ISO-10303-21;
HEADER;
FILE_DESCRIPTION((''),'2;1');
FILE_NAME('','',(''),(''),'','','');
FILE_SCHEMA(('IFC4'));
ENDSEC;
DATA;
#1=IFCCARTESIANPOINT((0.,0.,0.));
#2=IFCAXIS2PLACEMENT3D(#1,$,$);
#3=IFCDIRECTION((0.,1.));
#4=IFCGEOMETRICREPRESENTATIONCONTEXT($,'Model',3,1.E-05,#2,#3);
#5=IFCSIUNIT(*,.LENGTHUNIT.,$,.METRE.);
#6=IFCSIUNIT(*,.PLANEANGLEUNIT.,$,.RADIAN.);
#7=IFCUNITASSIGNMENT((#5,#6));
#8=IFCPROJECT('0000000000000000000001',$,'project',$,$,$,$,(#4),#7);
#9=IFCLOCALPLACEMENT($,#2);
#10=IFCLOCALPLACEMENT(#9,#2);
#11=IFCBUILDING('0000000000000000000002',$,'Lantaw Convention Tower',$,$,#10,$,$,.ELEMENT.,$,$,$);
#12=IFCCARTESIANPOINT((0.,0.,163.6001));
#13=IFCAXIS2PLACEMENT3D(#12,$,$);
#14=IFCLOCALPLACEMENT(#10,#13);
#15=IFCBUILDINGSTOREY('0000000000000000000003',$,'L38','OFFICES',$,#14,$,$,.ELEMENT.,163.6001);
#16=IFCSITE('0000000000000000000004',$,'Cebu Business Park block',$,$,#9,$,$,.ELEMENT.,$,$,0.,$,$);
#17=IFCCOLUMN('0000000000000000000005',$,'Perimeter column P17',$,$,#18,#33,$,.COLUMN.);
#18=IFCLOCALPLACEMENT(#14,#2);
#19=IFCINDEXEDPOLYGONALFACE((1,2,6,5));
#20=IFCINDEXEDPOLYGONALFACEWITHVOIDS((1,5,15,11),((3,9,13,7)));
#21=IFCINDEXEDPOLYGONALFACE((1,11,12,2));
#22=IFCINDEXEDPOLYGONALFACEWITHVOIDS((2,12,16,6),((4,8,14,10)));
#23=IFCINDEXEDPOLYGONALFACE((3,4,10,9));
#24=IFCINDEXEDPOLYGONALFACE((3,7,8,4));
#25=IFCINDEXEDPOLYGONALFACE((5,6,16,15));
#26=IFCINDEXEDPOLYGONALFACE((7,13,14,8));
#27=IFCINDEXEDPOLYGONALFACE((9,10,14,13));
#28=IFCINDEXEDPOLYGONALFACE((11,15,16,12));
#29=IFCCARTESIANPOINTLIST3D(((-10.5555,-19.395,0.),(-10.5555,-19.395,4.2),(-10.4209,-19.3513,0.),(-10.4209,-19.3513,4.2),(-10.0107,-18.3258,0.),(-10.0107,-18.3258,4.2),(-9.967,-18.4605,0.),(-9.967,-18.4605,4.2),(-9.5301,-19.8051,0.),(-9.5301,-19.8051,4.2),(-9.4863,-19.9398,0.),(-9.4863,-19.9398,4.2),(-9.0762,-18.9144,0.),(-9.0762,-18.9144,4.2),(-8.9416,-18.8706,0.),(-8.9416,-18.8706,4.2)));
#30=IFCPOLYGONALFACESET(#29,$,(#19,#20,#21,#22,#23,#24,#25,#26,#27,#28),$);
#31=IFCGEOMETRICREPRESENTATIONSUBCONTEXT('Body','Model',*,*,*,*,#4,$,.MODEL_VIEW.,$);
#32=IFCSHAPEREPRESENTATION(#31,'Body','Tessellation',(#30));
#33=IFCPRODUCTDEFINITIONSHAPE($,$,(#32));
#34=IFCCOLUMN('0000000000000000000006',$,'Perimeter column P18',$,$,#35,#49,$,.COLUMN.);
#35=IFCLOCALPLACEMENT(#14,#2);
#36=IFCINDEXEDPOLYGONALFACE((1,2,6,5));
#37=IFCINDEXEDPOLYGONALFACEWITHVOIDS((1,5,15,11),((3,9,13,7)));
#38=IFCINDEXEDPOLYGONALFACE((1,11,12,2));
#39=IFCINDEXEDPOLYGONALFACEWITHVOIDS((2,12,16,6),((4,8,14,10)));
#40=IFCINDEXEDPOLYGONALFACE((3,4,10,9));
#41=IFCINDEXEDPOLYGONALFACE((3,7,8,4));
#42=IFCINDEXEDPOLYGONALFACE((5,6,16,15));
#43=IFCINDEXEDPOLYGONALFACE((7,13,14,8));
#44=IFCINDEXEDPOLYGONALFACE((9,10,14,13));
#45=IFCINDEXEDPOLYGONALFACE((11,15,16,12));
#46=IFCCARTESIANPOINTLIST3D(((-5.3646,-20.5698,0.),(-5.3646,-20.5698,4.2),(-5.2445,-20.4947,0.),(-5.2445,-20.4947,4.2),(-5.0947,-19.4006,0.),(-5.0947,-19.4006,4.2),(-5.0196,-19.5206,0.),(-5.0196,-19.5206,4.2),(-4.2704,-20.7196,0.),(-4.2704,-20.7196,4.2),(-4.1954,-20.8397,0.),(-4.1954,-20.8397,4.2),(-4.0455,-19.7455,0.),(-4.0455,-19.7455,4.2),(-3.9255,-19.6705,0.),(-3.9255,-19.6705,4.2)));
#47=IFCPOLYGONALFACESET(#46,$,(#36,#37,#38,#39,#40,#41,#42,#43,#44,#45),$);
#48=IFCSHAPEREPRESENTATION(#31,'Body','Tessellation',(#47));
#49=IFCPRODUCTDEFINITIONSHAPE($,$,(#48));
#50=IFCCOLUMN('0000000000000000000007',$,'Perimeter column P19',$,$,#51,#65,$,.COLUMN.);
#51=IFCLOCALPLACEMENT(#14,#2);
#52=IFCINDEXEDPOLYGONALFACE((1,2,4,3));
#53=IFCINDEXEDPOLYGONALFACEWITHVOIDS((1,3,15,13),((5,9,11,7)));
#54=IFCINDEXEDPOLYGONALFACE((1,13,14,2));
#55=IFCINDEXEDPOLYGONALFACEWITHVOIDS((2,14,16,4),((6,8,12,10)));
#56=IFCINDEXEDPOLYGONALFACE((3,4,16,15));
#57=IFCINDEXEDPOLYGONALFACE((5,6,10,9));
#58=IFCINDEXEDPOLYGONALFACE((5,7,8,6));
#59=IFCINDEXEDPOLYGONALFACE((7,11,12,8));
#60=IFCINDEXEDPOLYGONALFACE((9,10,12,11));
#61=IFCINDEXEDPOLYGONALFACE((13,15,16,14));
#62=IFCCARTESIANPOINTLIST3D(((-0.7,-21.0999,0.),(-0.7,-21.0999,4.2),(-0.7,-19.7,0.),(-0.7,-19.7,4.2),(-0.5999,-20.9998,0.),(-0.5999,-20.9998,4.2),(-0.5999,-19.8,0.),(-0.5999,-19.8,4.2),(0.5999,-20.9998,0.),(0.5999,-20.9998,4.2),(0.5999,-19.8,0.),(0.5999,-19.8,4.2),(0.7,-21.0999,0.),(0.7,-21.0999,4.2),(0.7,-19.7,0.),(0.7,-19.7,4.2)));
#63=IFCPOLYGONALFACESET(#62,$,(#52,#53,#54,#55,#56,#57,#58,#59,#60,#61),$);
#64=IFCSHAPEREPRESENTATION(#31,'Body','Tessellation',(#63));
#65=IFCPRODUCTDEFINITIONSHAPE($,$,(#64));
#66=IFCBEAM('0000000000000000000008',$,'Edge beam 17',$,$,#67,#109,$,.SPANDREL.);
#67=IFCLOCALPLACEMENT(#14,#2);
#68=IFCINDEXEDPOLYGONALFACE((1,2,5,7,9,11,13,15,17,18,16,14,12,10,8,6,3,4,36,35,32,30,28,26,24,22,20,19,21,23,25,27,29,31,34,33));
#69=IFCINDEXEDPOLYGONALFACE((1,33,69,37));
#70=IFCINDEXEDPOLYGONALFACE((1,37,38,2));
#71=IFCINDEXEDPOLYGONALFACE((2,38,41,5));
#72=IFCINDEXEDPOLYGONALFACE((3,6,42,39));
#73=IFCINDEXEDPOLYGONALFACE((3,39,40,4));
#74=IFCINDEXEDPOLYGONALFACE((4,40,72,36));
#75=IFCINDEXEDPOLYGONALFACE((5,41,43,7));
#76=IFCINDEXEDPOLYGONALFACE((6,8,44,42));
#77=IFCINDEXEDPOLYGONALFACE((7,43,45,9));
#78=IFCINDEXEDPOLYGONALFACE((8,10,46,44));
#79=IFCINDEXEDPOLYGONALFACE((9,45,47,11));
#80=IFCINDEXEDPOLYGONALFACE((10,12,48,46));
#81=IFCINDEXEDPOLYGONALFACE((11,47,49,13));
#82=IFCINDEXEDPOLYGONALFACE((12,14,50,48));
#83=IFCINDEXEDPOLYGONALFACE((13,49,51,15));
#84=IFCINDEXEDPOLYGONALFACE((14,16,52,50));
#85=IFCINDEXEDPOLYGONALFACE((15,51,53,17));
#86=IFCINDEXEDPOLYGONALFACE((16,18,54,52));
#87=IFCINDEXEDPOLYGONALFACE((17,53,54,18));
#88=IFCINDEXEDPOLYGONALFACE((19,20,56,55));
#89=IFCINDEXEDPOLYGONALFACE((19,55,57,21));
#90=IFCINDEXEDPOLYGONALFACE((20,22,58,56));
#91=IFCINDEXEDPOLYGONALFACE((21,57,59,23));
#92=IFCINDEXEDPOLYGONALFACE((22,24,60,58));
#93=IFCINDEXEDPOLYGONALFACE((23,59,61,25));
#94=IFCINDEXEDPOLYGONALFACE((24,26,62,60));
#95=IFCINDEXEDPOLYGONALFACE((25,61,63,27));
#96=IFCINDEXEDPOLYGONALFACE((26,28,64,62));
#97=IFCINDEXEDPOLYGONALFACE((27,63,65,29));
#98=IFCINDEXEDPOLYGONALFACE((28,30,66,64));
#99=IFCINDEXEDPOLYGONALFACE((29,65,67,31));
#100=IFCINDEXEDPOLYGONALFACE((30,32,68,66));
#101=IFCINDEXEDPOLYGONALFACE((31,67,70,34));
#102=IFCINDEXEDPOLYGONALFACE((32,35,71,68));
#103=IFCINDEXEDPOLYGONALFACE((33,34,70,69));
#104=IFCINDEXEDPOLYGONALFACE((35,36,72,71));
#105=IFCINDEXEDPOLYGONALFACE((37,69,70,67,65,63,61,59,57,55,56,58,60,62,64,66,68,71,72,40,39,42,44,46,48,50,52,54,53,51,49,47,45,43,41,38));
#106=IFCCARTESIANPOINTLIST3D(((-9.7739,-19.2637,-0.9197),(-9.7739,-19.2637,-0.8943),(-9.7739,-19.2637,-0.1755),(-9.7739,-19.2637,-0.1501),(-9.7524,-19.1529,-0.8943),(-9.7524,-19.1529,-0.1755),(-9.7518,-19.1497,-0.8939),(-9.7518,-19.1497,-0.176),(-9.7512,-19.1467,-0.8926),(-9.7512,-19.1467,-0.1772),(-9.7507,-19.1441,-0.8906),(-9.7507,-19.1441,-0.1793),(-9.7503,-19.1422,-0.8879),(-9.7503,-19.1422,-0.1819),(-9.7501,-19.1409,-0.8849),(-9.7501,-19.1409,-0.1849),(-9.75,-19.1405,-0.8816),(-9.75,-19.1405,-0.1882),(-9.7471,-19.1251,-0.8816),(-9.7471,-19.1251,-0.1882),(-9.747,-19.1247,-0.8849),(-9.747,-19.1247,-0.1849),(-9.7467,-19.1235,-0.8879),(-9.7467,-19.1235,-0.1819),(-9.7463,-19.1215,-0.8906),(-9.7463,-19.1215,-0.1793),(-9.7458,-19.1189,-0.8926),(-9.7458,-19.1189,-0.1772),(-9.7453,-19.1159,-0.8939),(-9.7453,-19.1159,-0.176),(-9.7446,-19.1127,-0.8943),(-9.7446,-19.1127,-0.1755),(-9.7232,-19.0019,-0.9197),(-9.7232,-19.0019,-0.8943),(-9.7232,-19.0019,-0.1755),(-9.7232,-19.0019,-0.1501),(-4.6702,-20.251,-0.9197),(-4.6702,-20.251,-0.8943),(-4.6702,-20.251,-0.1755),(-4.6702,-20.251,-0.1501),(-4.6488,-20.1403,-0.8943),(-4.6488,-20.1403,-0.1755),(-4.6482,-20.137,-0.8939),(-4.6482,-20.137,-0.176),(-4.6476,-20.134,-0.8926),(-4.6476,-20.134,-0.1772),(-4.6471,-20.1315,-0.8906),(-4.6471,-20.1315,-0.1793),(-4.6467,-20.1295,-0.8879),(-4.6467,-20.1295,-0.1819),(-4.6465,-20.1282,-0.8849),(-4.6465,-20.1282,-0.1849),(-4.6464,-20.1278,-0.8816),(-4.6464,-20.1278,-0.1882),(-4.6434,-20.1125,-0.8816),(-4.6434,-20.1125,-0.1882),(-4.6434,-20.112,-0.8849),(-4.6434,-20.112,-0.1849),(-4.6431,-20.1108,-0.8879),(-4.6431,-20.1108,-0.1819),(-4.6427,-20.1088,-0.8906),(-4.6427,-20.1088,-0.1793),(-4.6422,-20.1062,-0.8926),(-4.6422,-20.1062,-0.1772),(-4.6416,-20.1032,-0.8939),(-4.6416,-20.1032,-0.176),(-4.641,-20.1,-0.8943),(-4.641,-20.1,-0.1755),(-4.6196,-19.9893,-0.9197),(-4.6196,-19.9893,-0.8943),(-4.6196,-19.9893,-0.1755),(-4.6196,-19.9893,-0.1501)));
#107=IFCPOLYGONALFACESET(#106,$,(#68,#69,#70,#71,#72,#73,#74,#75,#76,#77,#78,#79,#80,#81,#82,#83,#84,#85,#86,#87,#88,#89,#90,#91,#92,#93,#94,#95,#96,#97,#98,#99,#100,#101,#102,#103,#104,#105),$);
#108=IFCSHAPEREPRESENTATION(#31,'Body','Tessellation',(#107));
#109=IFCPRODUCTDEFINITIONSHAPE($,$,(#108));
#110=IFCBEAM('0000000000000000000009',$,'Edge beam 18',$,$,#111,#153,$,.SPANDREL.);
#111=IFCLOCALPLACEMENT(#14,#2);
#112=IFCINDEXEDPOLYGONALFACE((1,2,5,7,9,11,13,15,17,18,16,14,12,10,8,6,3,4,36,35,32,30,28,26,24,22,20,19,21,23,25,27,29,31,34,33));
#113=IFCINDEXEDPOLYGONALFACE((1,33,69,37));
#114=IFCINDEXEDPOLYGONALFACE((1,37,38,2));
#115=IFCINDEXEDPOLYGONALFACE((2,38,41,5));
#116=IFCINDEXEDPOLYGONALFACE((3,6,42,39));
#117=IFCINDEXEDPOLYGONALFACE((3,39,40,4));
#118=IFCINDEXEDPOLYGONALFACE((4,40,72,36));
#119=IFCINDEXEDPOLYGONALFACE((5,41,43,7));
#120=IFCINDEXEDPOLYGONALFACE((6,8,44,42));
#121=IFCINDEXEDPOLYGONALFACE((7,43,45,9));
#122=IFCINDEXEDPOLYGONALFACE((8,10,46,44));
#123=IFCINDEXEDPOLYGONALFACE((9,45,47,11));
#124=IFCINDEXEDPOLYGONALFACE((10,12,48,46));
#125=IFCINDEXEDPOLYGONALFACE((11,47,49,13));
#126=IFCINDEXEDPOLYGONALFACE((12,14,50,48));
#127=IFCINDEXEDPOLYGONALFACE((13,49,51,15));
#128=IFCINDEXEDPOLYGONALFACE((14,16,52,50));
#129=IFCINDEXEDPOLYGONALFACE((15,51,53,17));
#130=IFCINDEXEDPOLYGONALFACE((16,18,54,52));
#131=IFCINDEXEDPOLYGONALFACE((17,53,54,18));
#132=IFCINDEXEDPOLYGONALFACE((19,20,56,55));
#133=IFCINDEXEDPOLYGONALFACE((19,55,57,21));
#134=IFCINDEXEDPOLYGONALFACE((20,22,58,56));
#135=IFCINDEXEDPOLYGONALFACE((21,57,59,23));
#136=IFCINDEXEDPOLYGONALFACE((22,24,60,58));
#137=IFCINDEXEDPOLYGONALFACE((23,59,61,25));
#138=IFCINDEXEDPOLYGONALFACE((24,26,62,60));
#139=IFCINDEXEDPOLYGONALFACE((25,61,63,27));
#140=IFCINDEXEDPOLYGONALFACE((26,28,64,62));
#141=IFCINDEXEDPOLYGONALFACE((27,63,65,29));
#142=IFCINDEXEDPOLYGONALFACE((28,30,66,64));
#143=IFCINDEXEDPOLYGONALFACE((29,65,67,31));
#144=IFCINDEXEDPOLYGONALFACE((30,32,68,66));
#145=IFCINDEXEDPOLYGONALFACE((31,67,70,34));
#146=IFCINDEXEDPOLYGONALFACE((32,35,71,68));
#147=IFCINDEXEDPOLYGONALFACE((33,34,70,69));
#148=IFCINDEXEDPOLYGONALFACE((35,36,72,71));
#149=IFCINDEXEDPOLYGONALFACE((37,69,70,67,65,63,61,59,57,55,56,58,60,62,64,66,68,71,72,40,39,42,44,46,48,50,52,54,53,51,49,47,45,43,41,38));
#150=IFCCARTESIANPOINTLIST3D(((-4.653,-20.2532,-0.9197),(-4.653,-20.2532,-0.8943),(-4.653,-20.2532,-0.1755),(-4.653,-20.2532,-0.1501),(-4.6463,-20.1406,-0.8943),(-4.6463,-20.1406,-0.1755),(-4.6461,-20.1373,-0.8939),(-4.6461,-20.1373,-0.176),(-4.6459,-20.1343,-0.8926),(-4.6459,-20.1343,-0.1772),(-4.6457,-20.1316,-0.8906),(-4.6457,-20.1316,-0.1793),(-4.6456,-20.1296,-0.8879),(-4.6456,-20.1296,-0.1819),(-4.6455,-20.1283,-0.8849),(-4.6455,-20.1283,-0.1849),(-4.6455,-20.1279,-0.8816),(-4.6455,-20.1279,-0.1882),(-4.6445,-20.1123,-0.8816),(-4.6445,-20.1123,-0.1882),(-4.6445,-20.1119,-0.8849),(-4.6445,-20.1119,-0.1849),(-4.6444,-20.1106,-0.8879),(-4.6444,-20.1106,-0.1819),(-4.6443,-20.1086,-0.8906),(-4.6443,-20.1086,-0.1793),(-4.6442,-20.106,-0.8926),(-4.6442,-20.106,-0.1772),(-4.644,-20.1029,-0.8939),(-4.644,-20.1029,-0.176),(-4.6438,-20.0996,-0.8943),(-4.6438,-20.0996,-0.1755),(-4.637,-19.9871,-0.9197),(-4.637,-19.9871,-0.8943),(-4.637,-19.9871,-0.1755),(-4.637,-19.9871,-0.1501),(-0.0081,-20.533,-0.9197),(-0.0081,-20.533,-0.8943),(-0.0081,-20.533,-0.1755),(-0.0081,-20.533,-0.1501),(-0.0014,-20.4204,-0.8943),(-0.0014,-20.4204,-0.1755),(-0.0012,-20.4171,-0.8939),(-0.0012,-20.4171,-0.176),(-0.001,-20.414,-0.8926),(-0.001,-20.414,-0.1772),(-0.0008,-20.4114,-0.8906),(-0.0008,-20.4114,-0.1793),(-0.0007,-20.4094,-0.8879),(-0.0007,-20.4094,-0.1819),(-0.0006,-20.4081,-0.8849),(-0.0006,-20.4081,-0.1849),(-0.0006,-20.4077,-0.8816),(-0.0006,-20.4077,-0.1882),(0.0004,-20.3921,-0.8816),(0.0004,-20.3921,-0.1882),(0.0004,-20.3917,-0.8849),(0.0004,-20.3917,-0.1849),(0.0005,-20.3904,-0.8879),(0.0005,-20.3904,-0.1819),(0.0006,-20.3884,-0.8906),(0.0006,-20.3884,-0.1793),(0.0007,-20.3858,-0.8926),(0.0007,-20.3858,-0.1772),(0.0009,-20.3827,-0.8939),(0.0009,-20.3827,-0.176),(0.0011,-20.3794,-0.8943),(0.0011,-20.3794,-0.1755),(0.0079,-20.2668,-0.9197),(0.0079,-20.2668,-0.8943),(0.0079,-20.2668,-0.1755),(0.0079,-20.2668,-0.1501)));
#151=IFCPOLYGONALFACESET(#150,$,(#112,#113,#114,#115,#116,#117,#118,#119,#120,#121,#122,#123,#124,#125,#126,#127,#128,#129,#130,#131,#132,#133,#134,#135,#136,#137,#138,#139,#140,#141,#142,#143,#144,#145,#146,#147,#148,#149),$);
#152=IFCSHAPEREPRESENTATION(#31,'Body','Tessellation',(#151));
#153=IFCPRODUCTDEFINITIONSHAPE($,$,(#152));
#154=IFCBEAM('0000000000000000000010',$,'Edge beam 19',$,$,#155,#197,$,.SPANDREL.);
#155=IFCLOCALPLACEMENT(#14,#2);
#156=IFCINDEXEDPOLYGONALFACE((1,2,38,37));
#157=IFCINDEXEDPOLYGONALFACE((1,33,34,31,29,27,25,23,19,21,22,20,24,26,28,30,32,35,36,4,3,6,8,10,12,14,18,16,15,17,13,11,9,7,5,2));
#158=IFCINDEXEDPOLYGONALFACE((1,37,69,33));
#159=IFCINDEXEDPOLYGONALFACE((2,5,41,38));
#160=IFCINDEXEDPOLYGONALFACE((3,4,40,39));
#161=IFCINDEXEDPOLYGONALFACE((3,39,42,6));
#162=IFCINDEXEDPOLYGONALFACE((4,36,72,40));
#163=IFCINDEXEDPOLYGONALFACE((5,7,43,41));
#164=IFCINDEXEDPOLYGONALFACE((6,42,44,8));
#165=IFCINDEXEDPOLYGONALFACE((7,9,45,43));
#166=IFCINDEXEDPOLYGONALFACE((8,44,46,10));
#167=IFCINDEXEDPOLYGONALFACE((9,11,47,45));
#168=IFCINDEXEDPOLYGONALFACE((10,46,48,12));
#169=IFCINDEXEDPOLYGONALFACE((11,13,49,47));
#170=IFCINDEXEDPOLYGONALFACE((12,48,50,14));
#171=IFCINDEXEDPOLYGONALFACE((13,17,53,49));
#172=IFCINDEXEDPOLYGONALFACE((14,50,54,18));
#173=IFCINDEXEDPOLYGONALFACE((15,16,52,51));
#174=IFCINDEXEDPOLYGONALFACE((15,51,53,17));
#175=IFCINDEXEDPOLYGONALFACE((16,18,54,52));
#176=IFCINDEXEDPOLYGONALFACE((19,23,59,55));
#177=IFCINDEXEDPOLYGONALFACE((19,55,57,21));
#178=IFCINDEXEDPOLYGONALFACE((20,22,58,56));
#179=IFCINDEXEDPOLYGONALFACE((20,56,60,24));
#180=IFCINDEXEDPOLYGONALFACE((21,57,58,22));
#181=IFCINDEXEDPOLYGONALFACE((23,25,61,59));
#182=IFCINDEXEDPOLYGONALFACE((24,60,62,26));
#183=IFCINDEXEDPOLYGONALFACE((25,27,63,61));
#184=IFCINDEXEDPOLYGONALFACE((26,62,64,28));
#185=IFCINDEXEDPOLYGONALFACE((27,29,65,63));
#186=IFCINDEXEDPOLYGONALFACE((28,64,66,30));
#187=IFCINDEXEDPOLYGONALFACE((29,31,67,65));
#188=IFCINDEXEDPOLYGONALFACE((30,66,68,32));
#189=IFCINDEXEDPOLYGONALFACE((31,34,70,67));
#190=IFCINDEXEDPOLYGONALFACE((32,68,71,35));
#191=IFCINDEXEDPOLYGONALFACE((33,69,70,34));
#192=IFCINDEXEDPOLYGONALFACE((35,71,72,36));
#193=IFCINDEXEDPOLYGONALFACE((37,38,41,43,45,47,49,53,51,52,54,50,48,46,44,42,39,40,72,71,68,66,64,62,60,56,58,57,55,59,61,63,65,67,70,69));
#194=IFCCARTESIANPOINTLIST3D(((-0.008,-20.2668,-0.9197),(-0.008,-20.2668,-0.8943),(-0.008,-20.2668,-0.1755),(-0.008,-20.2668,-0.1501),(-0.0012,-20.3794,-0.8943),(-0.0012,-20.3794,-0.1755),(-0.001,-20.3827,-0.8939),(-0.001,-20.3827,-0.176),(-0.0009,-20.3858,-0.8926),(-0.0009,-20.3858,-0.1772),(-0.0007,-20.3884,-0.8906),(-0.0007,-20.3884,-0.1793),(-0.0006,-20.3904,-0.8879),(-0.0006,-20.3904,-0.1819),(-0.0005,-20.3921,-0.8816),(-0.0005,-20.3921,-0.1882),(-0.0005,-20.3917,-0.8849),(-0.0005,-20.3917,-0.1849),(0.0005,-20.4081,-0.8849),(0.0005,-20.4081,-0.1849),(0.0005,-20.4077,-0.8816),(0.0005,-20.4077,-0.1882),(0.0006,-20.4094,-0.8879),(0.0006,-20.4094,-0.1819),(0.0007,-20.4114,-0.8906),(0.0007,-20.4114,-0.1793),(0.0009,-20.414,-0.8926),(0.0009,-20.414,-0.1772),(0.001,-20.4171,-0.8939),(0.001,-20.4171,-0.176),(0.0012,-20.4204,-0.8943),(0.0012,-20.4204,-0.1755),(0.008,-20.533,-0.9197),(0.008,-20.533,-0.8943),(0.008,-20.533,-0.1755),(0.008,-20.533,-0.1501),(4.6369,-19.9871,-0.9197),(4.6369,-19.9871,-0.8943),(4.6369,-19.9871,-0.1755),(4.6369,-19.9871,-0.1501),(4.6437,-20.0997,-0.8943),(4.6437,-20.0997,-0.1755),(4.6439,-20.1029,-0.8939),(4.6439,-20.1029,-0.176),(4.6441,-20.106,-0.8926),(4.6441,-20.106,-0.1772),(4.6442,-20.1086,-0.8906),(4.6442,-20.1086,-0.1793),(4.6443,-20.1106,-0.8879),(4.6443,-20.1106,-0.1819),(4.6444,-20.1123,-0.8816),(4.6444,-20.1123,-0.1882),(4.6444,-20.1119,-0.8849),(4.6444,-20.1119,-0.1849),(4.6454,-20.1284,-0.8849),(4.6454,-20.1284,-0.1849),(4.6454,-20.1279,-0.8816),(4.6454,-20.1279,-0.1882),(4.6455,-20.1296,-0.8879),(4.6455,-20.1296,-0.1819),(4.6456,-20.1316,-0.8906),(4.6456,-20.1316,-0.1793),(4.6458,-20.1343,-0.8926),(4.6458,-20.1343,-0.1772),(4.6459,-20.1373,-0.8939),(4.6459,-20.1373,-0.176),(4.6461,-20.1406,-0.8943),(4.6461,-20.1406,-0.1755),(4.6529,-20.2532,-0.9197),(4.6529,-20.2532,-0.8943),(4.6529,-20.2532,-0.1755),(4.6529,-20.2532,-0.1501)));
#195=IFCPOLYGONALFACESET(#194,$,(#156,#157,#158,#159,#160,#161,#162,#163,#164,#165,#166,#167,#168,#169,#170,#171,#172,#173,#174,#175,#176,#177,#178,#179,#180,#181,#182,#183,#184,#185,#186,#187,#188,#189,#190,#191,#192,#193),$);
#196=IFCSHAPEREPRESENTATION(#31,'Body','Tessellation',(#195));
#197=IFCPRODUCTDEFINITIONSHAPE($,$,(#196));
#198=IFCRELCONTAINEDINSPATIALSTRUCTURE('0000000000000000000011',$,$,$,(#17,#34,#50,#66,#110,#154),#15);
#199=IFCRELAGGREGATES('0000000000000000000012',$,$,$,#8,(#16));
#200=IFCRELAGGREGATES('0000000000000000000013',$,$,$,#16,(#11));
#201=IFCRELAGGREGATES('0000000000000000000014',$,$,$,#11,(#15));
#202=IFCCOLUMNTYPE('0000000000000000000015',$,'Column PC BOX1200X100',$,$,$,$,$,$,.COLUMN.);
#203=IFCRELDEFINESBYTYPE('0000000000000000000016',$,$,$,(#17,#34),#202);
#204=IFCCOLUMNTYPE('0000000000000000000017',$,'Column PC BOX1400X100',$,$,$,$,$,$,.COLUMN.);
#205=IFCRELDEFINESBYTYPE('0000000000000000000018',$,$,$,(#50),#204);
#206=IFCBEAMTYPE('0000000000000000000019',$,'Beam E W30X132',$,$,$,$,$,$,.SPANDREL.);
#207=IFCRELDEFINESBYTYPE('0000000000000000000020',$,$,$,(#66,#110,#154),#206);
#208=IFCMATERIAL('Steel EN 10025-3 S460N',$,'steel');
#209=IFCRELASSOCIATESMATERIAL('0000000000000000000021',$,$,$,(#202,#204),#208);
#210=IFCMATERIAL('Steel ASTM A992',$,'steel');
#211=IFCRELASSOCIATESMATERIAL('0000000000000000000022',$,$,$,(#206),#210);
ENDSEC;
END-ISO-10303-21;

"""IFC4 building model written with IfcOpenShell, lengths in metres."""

from ifc_helpers import new_model, si_unit, direction, frame, origin, origin_2d, place, context, subcontext, project, spatial, rectangle, hollow_rectangle, i_section, extrude, material, material_profile, profile_set, type_object, element, save


model = new_model("IFC4")

# Units and contexts
model_context = context("Model", 3, precision=1e-05, world=origin(), true_north=direction((0.0, 1.0)))
body_context = subcontext(model_context, "Body", "Model", "MODEL_VIEW")
ifc_project = project(units=[si_unit("LENGTHUNIT", "METRE"), si_unit("PLANEANGLEUNIT", "RADIAN")], contexts=[model_context])

# Site, building, storey
site_placement = place(None, origin())
site = spatial("IfcSite", under=ifc_project, at=site_placement, Name="Cebu Business Park block", CompositionType="ELEMENT", RefElevation=0.0)
building_placement = place(site_placement, origin())
building = spatial("IfcBuilding", under=site, at=building_placement, Name="Lantaw Convention Tower", CompositionType="ELEMENT")
storey_placement = place(building_placement, frame((0.0, 0.0, 163.6001)))
storey = spatial("IfcBuildingStorey", under=building, at=storey_placement, Name="L38", Description="OFFICES", CompositionType="ELEMENT", Elevation=163.6001)

# Columns
ifc_material_1 = material(Name="Steel EN 10025-3 S460N", Category="steel")
ifc_material_profile_1 = material_profile(ifc_material_1, hollow_rectangle(XDim=1.2, YDim=1.2, WallThickness=0.1001, at=origin_2d()), Name="BOX1200X100")
ifc_material_2 = material(Name="Concrete C60/75", Category="concrete")
ifc_material_profile_2 = material_profile(ifc_material_2, rectangle(XDim=1.0, YDim=1.0, at=origin_2d()), Name="Concrete fill of BOX1200X100")
ifc_profile_set_1 = profile_set([ifc_material_profile_1, ifc_material_profile_2], Name="Steel EN 10025-3 S460N")
column_type_1 = type_object("IfcColumnType", Name="Column PC BOX1200X100", PredefinedType="COLUMN", material=ifc_profile_set_1)
for number, where, z_axis, x_axis, name in (
    (1, (-9.7485, -19.1328, 0.0), (0.0, 0.0, 1.0), (0.45399, 0.891007, 0.0), "Perimeter column P17"),
    (2, (-4.645, -20.1201, 0.0), (0.0, 0.0, 1.0), (0.224951, 0.97437, 0.0), "Perimeter column P18"),
):
    element("IfcColumn", number, at=place(storey_placement, frame(where, z_axis=z_axis, x_axis=x_axis)), inside=storey, type_object=column_type_1, Name=name, PredefinedType="COLUMN", context=body_context, shape_type="SweptSolid", body=[
        extrude(hollow_rectangle(XDim=1.2, YDim=1.2, WallThickness=0.1001, at=origin_2d()), origin(), (0.0, 0.0, 1.0), 4.2),
    ])
ifc_material_profile_3 = material_profile(ifc_material_1, hollow_rectangle(XDim=1.3999, YDim=1.3999, WallThickness=0.1001, at=origin_2d()), Name="BOX1400X100")
ifc_material_profile_4 = material_profile(ifc_material_2, rectangle(XDim=1.2, YDim=1.2, at=origin_2d()), Name="Concrete fill of BOX1400X100")
ifc_profile_set_2 = profile_set([ifc_material_profile_3, ifc_material_profile_4], Name="Steel EN 10025-3 S460N")
column_type_2 = type_object("IfcColumnType", Name="Column PC BOX1400X100", PredefinedType="COLUMN", material=ifc_profile_set_2)
column_placement = place(storey_placement, frame((0.0, -20.3999, 0.0), z_axis=(0.0, 0.0, 1.0), x_axis=(1.0, 0.0, 0.0)))
element("IfcColumn", 3, at=column_placement, inside=storey, type_object=column_type_2, Name="Perimeter column P19", PredefinedType="COLUMN", context=body_context, shape_type="SweptSolid", body=[
    extrude(hollow_rectangle(XDim=1.3999, YDim=1.3999, WallThickness=0.1001, at=origin_2d()), origin(), (0.0, 0.0, 1.0), 4.2),
])

# Beams
ifc_material_3 = material(Name="Steel ASTM A992", Category="steel")
ifc_material_profile_5 = material_profile(ifc_material_3, i_section(OverallWidth=0.2666, OverallDepth=0.7695, WebThickness=0.0156, FlangeThickness=0.0254, FilletRadius=0.0127, at=origin_2d()), Name="W30X132")
ifc_profile_set_3 = profile_set([ifc_material_profile_5], Name="Steel ASTM A992")
beam_type_1 = type_object("IfcBeamType", Name="Beam E W30X132", PredefinedType="SPANDREL", material=ifc_profile_set_3)
beam_1_placement = place(storey_placement, frame((-9.7485, -19.1328, -0.5349), z_axis=(0.981797, -0.189934, 0.0), x_axis=(0.189934, 0.981797, 0.0)))
element("IfcBeam", 4, at=beam_1_placement, inside=storey, type_object=beam_type_1, Name="Edge beam 17", PredefinedType="SPANDREL", context=body_context, shape_type="SweptSolid", body=[
    extrude(i_section(OverallWidth=0.2666, OverallDepth=0.7695, WebThickness=0.0156, FlangeThickness=0.0254, FilletRadius=0.0127, at=origin_2d()), origin(), (0.0, 0.0, 1.0), 5.1982),
])
for number, where, z_axis, x_axis, name in (
    (5, (-4.645, -20.1201, -0.5349), (0.998191, -0.060124, 0.0), (0.060124, 0.998191, 0.0), "Edge beam 18"),
    (6, (0.0, -20.3999, -0.5349), (0.998191, 0.060124, 0.0), (-0.060124, 0.998191, 0.0), "Edge beam 19"),
):
    element("IfcBeam", number, at=place(storey_placement, frame(where, z_axis=z_axis, x_axis=x_axis)), inside=storey, type_object=beam_type_1, Name=name, PredefinedType="SPANDREL", context=body_context, shape_type="SweptSolid", body=[
        extrude(i_section(OverallWidth=0.2666, OverallDepth=0.7695, WebThickness=0.0156, FlangeThickness=0.0254, FilletRadius=0.0127, at=origin_2d()), origin(), (0.0, 0.0, 1.0), 4.6533),
    ])

save(model, "model.ifc")
